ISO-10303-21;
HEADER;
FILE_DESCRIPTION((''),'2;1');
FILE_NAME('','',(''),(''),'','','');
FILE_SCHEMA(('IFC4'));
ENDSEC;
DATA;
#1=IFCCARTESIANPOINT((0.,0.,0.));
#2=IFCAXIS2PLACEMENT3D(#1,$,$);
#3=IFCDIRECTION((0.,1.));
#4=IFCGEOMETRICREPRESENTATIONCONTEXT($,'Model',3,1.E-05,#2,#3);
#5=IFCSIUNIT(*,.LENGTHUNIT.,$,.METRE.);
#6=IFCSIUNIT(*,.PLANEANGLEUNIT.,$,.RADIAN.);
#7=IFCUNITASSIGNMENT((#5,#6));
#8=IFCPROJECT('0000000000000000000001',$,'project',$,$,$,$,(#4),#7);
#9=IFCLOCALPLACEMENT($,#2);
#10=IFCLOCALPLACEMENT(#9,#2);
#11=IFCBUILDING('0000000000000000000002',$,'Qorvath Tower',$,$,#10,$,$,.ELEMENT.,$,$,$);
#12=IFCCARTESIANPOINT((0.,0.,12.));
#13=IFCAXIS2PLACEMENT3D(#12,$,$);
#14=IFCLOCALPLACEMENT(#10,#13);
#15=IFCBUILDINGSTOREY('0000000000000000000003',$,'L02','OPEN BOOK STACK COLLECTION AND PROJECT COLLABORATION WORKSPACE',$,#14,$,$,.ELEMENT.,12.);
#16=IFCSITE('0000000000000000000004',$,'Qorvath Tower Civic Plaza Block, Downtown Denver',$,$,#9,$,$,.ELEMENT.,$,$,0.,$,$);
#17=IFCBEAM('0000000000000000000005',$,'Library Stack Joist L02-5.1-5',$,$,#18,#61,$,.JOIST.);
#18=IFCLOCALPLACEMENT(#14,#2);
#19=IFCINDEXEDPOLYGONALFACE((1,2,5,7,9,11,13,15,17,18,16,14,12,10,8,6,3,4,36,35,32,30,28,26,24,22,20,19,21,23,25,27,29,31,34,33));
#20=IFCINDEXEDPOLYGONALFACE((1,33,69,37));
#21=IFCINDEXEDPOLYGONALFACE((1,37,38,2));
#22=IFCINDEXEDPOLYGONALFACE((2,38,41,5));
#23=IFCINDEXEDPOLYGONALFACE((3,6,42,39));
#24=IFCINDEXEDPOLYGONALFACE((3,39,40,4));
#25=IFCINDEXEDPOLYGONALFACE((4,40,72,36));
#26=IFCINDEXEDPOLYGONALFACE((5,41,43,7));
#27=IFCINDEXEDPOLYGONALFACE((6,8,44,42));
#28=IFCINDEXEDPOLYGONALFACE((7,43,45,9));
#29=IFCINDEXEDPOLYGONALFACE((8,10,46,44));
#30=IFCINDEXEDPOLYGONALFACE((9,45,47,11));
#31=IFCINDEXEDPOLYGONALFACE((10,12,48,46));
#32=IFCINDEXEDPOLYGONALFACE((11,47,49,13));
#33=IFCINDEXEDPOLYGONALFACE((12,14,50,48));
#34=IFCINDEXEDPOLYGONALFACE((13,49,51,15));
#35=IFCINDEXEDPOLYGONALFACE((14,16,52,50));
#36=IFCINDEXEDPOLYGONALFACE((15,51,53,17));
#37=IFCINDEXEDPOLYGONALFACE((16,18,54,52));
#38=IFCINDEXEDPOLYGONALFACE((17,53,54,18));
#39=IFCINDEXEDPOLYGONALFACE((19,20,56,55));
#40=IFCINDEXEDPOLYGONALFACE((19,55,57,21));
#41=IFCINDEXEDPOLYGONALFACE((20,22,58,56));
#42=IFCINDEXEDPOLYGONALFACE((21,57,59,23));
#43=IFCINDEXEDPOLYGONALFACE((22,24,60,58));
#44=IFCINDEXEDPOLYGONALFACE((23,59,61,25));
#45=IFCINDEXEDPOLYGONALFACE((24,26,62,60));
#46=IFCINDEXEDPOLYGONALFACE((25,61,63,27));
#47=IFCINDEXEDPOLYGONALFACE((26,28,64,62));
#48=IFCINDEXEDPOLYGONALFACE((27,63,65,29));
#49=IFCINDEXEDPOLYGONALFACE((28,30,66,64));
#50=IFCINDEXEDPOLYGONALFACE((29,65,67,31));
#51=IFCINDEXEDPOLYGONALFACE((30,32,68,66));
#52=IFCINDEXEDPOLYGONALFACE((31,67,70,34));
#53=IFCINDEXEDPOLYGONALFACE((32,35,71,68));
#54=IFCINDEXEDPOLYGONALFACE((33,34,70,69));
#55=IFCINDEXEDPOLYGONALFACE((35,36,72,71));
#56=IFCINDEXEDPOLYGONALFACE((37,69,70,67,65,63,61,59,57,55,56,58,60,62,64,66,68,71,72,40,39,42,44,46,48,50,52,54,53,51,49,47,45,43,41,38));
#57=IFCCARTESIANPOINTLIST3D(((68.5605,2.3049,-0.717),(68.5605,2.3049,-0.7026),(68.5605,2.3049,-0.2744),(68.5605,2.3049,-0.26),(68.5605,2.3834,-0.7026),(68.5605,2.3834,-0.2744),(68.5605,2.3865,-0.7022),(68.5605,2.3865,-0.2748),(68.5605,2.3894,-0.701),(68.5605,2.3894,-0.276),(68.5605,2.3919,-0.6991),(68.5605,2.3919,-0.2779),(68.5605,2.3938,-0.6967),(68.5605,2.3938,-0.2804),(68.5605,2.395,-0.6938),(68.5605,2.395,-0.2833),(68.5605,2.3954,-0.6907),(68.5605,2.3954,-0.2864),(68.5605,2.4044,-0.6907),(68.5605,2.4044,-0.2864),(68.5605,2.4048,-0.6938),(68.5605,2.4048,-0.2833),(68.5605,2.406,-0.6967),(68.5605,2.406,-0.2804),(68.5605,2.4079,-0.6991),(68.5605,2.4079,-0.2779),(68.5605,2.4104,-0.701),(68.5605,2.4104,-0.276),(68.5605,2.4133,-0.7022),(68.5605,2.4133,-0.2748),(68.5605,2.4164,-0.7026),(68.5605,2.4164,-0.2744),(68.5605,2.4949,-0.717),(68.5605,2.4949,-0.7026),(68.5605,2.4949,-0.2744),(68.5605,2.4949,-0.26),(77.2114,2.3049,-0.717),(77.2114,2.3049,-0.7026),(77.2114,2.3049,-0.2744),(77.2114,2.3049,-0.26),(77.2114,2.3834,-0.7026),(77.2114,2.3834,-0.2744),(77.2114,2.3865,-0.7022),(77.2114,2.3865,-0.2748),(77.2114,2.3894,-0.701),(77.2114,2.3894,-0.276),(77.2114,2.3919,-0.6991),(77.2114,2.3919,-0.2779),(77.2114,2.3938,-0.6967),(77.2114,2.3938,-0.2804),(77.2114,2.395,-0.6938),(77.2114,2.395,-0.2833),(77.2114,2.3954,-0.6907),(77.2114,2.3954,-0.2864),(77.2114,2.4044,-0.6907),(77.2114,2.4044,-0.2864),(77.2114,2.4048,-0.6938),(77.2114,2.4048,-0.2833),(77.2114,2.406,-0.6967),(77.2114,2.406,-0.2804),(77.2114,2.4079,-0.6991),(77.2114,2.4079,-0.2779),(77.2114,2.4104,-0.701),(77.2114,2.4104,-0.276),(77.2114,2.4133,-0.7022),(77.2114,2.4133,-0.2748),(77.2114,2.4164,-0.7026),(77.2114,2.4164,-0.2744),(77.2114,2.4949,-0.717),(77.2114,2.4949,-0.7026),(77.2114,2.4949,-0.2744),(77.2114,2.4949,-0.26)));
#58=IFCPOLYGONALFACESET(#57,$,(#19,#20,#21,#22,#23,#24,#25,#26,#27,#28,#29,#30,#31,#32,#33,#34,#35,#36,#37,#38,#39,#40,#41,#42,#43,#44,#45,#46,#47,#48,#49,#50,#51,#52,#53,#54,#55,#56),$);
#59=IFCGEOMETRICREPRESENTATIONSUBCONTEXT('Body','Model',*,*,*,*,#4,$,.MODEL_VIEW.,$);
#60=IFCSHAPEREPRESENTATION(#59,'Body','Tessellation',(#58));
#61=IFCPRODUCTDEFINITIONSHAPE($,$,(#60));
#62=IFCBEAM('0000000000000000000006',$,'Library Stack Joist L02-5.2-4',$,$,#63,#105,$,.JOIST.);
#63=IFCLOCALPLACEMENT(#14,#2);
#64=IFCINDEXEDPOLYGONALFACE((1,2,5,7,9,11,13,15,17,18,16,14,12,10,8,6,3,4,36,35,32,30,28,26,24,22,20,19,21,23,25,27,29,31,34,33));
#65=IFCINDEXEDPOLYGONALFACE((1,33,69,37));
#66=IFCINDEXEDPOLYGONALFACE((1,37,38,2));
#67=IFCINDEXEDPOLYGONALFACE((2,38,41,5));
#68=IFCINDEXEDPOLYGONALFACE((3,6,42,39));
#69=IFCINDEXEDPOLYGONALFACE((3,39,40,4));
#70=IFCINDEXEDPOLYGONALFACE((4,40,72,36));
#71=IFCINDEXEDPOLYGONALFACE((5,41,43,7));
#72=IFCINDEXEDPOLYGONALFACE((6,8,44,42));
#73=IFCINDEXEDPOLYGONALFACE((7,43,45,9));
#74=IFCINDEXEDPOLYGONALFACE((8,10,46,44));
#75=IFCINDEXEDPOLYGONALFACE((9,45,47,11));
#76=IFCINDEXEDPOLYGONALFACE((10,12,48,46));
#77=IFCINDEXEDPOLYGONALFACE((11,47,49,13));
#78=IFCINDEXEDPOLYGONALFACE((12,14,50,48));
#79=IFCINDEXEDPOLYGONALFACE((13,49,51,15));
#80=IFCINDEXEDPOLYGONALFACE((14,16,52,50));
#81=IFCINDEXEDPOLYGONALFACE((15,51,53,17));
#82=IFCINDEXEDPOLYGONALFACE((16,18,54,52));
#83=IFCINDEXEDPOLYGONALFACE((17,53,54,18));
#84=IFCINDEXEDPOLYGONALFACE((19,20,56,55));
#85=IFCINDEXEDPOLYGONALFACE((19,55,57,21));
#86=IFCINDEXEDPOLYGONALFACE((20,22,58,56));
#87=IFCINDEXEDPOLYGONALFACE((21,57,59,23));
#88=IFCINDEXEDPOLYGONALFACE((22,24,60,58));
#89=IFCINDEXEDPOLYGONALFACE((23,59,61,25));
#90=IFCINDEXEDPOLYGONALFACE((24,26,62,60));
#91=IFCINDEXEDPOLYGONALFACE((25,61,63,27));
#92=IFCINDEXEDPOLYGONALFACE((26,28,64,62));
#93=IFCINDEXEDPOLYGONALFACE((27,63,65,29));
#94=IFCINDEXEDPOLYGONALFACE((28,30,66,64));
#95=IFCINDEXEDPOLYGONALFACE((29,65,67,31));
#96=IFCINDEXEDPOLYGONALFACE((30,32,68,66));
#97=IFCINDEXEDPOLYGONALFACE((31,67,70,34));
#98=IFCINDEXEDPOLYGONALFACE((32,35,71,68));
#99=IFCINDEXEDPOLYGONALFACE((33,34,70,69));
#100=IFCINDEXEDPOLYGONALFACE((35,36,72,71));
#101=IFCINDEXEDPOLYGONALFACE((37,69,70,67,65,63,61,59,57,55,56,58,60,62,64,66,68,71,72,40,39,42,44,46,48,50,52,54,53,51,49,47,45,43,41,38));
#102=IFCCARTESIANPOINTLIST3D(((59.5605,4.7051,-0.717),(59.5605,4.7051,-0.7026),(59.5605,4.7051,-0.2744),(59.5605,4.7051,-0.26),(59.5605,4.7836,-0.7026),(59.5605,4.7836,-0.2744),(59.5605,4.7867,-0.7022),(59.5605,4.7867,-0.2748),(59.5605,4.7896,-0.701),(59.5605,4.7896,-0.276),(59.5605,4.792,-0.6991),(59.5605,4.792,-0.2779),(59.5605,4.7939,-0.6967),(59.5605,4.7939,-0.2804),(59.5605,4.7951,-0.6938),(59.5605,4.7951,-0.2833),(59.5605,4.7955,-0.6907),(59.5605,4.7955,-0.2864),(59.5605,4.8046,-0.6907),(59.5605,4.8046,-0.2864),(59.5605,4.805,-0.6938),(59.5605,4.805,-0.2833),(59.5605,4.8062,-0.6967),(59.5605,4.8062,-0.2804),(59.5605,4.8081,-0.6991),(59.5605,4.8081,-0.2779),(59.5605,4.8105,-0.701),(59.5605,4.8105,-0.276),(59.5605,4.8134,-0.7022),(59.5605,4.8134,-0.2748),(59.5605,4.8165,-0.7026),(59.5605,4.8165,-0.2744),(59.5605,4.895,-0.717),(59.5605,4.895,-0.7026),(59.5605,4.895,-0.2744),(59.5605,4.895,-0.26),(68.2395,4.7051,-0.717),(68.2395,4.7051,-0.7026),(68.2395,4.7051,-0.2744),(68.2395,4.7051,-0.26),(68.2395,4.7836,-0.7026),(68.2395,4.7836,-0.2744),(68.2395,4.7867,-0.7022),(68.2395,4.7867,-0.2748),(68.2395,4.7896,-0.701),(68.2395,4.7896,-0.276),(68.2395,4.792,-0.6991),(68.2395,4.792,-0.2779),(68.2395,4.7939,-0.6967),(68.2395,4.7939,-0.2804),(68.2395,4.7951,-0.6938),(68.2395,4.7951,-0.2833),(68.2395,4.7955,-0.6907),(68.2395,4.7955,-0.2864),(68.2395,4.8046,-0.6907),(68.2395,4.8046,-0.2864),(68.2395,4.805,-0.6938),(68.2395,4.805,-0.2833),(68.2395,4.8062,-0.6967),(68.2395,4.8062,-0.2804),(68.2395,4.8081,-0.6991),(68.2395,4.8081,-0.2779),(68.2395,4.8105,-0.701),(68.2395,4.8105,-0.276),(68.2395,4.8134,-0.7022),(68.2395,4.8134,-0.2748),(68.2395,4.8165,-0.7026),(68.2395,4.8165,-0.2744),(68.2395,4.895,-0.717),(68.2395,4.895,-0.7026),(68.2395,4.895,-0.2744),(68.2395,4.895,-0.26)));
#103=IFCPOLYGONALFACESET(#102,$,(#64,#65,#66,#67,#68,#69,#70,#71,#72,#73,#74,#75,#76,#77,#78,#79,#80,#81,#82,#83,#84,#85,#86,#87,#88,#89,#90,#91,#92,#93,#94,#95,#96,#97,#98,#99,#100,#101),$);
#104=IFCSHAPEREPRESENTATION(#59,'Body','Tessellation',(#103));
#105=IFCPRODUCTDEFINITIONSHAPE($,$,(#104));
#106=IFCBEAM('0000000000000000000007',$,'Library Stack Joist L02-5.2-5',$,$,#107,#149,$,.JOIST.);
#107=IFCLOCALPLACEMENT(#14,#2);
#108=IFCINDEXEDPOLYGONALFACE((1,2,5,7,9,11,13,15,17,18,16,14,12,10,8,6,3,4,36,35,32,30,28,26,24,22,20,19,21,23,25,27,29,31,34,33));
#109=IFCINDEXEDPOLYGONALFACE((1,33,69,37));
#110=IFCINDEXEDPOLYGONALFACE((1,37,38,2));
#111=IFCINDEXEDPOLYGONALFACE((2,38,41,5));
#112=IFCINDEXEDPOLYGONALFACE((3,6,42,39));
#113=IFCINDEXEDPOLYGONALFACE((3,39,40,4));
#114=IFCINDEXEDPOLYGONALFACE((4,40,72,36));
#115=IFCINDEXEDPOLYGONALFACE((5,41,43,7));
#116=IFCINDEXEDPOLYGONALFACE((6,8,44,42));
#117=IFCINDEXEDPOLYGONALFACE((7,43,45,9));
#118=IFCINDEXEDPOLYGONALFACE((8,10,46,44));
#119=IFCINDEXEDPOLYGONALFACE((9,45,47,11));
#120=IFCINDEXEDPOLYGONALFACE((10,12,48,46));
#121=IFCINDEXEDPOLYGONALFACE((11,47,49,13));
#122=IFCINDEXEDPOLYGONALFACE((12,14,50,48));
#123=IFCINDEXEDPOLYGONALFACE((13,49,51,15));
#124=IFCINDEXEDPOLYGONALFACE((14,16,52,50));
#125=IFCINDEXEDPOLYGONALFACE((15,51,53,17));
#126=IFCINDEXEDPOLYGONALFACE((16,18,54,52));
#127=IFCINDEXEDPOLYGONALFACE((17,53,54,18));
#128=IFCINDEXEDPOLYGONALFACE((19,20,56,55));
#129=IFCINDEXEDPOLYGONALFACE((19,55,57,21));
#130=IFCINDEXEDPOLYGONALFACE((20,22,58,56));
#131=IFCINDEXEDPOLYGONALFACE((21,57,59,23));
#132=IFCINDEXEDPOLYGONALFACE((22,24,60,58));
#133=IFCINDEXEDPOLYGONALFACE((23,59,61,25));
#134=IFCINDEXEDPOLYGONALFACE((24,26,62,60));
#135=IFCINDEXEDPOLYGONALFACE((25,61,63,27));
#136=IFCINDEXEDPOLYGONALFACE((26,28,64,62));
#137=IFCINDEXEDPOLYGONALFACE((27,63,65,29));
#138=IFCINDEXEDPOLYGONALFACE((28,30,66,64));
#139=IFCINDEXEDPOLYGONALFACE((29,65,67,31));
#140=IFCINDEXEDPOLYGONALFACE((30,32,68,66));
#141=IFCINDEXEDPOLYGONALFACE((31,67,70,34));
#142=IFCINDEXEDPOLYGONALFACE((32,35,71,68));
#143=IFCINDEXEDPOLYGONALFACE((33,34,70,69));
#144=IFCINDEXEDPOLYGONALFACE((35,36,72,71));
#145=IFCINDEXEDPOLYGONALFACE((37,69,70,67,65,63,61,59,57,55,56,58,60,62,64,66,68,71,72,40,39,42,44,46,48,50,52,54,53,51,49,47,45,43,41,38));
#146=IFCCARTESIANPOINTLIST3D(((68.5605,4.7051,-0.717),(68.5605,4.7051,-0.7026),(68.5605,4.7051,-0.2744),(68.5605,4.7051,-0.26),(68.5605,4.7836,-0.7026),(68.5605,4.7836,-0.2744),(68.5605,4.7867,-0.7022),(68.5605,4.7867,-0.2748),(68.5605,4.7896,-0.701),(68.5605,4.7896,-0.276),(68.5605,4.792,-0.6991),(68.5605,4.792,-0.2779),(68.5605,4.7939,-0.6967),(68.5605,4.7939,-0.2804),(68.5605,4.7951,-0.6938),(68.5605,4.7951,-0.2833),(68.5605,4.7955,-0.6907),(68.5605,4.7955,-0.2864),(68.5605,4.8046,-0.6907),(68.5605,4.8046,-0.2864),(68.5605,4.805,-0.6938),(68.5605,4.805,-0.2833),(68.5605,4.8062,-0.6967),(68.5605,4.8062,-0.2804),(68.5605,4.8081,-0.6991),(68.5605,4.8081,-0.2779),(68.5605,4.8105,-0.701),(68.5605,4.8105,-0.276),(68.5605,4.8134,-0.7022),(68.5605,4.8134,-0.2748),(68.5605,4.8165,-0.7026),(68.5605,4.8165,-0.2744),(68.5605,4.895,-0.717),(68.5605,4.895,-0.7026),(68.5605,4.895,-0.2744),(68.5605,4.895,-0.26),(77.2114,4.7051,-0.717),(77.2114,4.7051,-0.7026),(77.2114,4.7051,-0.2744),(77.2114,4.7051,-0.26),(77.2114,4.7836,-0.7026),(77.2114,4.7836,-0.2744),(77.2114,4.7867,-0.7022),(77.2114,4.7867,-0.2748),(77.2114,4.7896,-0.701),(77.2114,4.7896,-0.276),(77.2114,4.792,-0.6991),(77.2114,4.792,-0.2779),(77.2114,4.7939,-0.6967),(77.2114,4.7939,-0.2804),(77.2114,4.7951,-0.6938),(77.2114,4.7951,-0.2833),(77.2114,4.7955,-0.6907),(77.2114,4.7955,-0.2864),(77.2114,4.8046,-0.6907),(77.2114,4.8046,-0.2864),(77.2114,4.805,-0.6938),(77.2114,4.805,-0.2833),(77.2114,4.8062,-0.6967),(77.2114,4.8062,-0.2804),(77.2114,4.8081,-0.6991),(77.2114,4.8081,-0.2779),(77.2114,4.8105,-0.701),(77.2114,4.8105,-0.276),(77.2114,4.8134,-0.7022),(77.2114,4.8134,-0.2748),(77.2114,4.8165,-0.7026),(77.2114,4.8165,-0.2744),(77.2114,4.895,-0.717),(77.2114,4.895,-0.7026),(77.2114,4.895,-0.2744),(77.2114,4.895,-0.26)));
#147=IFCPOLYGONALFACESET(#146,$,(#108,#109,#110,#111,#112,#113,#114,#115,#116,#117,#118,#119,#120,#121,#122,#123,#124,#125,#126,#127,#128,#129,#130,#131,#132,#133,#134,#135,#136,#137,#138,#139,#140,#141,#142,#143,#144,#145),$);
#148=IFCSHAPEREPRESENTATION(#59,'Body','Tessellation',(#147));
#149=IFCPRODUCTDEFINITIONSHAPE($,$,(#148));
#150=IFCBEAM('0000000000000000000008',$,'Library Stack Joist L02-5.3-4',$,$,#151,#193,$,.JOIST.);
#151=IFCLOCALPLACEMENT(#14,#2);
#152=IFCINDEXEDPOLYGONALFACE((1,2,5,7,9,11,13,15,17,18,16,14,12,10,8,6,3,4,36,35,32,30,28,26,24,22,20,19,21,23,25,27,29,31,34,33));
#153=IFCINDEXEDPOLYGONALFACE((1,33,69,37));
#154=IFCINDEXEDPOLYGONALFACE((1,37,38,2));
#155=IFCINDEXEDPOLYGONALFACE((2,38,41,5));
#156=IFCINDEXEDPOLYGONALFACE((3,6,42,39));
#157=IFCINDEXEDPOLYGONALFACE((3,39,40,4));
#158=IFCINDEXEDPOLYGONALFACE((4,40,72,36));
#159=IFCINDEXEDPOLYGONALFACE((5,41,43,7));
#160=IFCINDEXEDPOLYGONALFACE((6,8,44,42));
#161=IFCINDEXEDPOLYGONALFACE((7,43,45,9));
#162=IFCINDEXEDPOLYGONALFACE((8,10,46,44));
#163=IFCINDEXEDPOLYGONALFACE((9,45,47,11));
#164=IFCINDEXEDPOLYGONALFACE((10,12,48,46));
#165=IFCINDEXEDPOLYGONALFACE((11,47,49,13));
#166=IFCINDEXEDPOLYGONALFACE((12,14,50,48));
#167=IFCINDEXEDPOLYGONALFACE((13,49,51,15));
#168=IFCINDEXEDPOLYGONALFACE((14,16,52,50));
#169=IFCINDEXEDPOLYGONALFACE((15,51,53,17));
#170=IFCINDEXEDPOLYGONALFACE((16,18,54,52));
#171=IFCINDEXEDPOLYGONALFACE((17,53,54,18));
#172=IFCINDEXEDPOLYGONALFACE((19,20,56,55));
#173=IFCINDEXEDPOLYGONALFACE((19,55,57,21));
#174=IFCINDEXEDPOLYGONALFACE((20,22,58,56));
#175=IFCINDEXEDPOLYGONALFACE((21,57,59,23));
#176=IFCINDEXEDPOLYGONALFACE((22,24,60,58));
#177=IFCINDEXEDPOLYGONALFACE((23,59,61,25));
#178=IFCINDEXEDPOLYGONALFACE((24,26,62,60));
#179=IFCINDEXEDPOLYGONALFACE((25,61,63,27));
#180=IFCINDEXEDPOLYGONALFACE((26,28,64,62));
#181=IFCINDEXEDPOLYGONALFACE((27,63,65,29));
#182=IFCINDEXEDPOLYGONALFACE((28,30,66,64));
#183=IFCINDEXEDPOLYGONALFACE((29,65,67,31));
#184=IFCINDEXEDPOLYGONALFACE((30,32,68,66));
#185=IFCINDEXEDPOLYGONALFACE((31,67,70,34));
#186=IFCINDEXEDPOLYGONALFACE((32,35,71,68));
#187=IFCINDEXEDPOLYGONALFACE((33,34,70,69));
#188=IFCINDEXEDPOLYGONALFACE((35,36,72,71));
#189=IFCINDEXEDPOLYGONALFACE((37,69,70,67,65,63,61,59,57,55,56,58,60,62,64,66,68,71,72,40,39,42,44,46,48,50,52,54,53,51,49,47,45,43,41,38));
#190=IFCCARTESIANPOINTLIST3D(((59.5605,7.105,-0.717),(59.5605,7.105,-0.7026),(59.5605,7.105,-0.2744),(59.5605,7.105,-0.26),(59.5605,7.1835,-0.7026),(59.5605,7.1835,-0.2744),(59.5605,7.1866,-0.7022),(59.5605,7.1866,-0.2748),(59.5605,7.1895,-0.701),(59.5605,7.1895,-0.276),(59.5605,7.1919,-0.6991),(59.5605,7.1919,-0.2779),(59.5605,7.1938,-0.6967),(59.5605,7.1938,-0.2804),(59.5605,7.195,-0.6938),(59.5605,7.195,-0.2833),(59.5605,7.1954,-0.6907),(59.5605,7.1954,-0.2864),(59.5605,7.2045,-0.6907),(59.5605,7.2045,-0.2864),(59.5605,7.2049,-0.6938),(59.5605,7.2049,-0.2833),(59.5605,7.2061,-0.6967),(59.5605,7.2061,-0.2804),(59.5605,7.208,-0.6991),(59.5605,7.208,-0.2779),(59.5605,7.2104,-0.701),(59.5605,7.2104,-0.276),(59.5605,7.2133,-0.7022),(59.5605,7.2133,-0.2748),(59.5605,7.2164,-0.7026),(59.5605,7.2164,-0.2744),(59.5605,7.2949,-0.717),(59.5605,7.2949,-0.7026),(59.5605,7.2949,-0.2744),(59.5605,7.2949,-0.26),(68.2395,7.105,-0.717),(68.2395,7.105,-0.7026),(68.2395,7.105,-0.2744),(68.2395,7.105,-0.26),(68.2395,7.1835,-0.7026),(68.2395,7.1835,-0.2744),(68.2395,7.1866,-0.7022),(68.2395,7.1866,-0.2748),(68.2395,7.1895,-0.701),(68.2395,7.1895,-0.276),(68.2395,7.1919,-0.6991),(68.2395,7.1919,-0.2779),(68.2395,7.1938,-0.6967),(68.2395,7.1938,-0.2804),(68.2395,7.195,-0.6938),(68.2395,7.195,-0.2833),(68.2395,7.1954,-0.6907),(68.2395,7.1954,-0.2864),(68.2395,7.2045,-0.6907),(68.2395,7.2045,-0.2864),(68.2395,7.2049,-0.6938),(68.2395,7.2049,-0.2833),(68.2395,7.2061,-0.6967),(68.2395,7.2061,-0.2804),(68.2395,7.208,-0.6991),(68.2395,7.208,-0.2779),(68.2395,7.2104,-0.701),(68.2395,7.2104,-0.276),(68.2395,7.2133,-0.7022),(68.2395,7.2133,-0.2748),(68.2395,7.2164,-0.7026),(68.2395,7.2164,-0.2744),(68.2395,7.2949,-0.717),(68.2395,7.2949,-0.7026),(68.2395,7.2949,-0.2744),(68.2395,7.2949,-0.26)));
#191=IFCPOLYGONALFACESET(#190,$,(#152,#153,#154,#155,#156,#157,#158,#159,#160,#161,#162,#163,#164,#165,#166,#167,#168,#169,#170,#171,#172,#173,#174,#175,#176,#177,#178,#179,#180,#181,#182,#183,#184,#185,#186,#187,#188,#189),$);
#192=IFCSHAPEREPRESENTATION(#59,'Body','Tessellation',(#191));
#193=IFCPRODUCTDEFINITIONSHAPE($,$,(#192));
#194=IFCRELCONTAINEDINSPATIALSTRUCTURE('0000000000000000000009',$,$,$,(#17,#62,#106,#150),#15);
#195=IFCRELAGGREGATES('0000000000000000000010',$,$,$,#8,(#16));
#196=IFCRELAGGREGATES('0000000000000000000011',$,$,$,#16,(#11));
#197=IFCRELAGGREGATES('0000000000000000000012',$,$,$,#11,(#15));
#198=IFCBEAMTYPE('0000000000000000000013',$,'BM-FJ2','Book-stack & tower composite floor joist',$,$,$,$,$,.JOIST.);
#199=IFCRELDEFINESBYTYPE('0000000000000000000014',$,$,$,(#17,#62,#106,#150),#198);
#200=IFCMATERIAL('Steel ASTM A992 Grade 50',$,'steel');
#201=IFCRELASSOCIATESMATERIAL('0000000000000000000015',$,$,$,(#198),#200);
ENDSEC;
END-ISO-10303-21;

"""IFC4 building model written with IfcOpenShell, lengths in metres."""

from ifc_helpers import new_model, si_unit, direction, frame, origin, origin_2d, place, context, subcontext, project, spatial, i_section, extrude, material, material_profile, profile_set, type_object, element, save


model = new_model("IFC4")

# Units and contexts
model_context = context("Model", 3, precision=1e-05, world=origin(), true_north=direction((0.0, 1.0)))
body_context = subcontext(model_context, "Body", "Model", "MODEL_VIEW")
ifc_project = project(units=[si_unit("LENGTHUNIT", "METRE"), si_unit("PLANEANGLEUNIT", "RADIAN")], contexts=[model_context])

# Site, building, storey
site_placement = place(None, origin())
site = spatial("IfcSite", under=ifc_project, at=site_placement, Name="Qorvath Tower Civic Plaza Block, Downtown Denver", CompositionType="ELEMENT", RefElevation=0.0)
building_placement = place(site_placement, origin())
building = spatial("IfcBuilding", under=site, at=building_placement, Name="Qorvath Tower", CompositionType="ELEMENT")
storey_placement = place(building_placement, frame((0.0, 0.0, 12.0)))
storey = spatial("IfcBuildingStorey", under=building, at=storey_placement, Name="L02", Description="OPEN BOOK STACK COLLECTION AND PROJECT COLLABORATION WORKSPACE", CompositionType="ELEMENT", Elevation=12.0)

# Beams
ifc_material_1 = material(Name="Steel ASTM A992 Grade 50", Category="steel")
ifc_material_profile_1 = material_profile(ifc_material_1, i_section(OverallWidth=0.1899, OverallDepth=0.457, WebThickness=0.009, FlangeThickness=0.0144, FilletRadius=0.012, at=origin_2d()), Name="W18x50")
ifc_profile_set_1 = profile_set([ifc_material_profile_1], Name="Steel ASTM A992 Grade 50")
beam_type_1 = type_object("IfcBeamType", Name="BM-FJ2", Description="Book-stack & tower composite floor joist", PredefinedType="JOIST", material=ifc_profile_set_1)
beam_1_placement = place(storey_placement, frame((68.5605, 2.3999, -0.4885), z_axis=(1.0, 0.0, 0.0), x_axis=(0.0, 1.0, 0.0)))
element("IfcBeam", 1, at=beam_1_placement, inside=storey, type_object=beam_type_1, Name="Library Stack Joist L02-5.1-5", PredefinedType="JOIST", context=body_context, shape_type="SweptSolid", body=[
    extrude(i_section(OverallWidth=0.1899, OverallDepth=0.457, WebThickness=0.009, FlangeThickness=0.0144, FilletRadius=0.012, at=origin_2d()), origin(), (0.0, 0.0, 1.0), 8.6509),
])
beam_2_placement = place(storey_placement, frame((59.5605, 4.8, -0.4885), z_axis=(1.0, 0.0, 0.0), x_axis=(0.0, 1.0, 0.0)))
element("IfcBeam", 2, at=beam_2_placement, inside=storey, type_object=beam_type_1, Name="Library Stack Joist L02-5.2-4", PredefinedType="JOIST", context=body_context, shape_type="SweptSolid", body=[
    extrude(i_section(OverallWidth=0.1899, OverallDepth=0.457, WebThickness=0.009, FlangeThickness=0.0144, FilletRadius=0.012, at=origin_2d()), origin(), (0.0, 0.0, 1.0), 8.679),
])
beam_3_placement = place(storey_placement, frame((68.5605, 4.8, -0.4885), z_axis=(1.0, 0.0, 0.0), x_axis=(0.0, 1.0, 0.0)))
element("IfcBeam", 3, at=beam_3_placement, inside=storey, type_object=beam_type_1, Name="Library Stack Joist L02-5.2-5", PredefinedType="JOIST", context=body_context, shape_type="SweptSolid", body=[
    extrude(i_section(OverallWidth=0.1899, OverallDepth=0.457, WebThickness=0.009, FlangeThickness=0.0144, FilletRadius=0.012, at=origin_2d()), origin(), (0.0, 0.0, 1.0), 8.6509),
])
for number, where, z_axis, x_axis, name in (
    (4, (59.5605, 7.2, -0.4885), (1.0, 0.0, 0.0), (0.0, 1.0, 0.0), "Library Stack Joist L02-5.3-4"),
):
    element("IfcBeam", number, at=place(storey_placement, frame(where, z_axis=z_axis, x_axis=x_axis)), inside=storey, type_object=beam_type_1, Name=name, PredefinedType="JOIST", context=body_context, shape_type="SweptSolid", body=[
        extrude(i_section(OverallWidth=0.1899, OverallDepth=0.457, WebThickness=0.009, FlangeThickness=0.0144, FilletRadius=0.012, at=origin_2d()), origin(), (0.0, 0.0, 1.0), 8.679),
    ])

save(model, "model.ifc")
